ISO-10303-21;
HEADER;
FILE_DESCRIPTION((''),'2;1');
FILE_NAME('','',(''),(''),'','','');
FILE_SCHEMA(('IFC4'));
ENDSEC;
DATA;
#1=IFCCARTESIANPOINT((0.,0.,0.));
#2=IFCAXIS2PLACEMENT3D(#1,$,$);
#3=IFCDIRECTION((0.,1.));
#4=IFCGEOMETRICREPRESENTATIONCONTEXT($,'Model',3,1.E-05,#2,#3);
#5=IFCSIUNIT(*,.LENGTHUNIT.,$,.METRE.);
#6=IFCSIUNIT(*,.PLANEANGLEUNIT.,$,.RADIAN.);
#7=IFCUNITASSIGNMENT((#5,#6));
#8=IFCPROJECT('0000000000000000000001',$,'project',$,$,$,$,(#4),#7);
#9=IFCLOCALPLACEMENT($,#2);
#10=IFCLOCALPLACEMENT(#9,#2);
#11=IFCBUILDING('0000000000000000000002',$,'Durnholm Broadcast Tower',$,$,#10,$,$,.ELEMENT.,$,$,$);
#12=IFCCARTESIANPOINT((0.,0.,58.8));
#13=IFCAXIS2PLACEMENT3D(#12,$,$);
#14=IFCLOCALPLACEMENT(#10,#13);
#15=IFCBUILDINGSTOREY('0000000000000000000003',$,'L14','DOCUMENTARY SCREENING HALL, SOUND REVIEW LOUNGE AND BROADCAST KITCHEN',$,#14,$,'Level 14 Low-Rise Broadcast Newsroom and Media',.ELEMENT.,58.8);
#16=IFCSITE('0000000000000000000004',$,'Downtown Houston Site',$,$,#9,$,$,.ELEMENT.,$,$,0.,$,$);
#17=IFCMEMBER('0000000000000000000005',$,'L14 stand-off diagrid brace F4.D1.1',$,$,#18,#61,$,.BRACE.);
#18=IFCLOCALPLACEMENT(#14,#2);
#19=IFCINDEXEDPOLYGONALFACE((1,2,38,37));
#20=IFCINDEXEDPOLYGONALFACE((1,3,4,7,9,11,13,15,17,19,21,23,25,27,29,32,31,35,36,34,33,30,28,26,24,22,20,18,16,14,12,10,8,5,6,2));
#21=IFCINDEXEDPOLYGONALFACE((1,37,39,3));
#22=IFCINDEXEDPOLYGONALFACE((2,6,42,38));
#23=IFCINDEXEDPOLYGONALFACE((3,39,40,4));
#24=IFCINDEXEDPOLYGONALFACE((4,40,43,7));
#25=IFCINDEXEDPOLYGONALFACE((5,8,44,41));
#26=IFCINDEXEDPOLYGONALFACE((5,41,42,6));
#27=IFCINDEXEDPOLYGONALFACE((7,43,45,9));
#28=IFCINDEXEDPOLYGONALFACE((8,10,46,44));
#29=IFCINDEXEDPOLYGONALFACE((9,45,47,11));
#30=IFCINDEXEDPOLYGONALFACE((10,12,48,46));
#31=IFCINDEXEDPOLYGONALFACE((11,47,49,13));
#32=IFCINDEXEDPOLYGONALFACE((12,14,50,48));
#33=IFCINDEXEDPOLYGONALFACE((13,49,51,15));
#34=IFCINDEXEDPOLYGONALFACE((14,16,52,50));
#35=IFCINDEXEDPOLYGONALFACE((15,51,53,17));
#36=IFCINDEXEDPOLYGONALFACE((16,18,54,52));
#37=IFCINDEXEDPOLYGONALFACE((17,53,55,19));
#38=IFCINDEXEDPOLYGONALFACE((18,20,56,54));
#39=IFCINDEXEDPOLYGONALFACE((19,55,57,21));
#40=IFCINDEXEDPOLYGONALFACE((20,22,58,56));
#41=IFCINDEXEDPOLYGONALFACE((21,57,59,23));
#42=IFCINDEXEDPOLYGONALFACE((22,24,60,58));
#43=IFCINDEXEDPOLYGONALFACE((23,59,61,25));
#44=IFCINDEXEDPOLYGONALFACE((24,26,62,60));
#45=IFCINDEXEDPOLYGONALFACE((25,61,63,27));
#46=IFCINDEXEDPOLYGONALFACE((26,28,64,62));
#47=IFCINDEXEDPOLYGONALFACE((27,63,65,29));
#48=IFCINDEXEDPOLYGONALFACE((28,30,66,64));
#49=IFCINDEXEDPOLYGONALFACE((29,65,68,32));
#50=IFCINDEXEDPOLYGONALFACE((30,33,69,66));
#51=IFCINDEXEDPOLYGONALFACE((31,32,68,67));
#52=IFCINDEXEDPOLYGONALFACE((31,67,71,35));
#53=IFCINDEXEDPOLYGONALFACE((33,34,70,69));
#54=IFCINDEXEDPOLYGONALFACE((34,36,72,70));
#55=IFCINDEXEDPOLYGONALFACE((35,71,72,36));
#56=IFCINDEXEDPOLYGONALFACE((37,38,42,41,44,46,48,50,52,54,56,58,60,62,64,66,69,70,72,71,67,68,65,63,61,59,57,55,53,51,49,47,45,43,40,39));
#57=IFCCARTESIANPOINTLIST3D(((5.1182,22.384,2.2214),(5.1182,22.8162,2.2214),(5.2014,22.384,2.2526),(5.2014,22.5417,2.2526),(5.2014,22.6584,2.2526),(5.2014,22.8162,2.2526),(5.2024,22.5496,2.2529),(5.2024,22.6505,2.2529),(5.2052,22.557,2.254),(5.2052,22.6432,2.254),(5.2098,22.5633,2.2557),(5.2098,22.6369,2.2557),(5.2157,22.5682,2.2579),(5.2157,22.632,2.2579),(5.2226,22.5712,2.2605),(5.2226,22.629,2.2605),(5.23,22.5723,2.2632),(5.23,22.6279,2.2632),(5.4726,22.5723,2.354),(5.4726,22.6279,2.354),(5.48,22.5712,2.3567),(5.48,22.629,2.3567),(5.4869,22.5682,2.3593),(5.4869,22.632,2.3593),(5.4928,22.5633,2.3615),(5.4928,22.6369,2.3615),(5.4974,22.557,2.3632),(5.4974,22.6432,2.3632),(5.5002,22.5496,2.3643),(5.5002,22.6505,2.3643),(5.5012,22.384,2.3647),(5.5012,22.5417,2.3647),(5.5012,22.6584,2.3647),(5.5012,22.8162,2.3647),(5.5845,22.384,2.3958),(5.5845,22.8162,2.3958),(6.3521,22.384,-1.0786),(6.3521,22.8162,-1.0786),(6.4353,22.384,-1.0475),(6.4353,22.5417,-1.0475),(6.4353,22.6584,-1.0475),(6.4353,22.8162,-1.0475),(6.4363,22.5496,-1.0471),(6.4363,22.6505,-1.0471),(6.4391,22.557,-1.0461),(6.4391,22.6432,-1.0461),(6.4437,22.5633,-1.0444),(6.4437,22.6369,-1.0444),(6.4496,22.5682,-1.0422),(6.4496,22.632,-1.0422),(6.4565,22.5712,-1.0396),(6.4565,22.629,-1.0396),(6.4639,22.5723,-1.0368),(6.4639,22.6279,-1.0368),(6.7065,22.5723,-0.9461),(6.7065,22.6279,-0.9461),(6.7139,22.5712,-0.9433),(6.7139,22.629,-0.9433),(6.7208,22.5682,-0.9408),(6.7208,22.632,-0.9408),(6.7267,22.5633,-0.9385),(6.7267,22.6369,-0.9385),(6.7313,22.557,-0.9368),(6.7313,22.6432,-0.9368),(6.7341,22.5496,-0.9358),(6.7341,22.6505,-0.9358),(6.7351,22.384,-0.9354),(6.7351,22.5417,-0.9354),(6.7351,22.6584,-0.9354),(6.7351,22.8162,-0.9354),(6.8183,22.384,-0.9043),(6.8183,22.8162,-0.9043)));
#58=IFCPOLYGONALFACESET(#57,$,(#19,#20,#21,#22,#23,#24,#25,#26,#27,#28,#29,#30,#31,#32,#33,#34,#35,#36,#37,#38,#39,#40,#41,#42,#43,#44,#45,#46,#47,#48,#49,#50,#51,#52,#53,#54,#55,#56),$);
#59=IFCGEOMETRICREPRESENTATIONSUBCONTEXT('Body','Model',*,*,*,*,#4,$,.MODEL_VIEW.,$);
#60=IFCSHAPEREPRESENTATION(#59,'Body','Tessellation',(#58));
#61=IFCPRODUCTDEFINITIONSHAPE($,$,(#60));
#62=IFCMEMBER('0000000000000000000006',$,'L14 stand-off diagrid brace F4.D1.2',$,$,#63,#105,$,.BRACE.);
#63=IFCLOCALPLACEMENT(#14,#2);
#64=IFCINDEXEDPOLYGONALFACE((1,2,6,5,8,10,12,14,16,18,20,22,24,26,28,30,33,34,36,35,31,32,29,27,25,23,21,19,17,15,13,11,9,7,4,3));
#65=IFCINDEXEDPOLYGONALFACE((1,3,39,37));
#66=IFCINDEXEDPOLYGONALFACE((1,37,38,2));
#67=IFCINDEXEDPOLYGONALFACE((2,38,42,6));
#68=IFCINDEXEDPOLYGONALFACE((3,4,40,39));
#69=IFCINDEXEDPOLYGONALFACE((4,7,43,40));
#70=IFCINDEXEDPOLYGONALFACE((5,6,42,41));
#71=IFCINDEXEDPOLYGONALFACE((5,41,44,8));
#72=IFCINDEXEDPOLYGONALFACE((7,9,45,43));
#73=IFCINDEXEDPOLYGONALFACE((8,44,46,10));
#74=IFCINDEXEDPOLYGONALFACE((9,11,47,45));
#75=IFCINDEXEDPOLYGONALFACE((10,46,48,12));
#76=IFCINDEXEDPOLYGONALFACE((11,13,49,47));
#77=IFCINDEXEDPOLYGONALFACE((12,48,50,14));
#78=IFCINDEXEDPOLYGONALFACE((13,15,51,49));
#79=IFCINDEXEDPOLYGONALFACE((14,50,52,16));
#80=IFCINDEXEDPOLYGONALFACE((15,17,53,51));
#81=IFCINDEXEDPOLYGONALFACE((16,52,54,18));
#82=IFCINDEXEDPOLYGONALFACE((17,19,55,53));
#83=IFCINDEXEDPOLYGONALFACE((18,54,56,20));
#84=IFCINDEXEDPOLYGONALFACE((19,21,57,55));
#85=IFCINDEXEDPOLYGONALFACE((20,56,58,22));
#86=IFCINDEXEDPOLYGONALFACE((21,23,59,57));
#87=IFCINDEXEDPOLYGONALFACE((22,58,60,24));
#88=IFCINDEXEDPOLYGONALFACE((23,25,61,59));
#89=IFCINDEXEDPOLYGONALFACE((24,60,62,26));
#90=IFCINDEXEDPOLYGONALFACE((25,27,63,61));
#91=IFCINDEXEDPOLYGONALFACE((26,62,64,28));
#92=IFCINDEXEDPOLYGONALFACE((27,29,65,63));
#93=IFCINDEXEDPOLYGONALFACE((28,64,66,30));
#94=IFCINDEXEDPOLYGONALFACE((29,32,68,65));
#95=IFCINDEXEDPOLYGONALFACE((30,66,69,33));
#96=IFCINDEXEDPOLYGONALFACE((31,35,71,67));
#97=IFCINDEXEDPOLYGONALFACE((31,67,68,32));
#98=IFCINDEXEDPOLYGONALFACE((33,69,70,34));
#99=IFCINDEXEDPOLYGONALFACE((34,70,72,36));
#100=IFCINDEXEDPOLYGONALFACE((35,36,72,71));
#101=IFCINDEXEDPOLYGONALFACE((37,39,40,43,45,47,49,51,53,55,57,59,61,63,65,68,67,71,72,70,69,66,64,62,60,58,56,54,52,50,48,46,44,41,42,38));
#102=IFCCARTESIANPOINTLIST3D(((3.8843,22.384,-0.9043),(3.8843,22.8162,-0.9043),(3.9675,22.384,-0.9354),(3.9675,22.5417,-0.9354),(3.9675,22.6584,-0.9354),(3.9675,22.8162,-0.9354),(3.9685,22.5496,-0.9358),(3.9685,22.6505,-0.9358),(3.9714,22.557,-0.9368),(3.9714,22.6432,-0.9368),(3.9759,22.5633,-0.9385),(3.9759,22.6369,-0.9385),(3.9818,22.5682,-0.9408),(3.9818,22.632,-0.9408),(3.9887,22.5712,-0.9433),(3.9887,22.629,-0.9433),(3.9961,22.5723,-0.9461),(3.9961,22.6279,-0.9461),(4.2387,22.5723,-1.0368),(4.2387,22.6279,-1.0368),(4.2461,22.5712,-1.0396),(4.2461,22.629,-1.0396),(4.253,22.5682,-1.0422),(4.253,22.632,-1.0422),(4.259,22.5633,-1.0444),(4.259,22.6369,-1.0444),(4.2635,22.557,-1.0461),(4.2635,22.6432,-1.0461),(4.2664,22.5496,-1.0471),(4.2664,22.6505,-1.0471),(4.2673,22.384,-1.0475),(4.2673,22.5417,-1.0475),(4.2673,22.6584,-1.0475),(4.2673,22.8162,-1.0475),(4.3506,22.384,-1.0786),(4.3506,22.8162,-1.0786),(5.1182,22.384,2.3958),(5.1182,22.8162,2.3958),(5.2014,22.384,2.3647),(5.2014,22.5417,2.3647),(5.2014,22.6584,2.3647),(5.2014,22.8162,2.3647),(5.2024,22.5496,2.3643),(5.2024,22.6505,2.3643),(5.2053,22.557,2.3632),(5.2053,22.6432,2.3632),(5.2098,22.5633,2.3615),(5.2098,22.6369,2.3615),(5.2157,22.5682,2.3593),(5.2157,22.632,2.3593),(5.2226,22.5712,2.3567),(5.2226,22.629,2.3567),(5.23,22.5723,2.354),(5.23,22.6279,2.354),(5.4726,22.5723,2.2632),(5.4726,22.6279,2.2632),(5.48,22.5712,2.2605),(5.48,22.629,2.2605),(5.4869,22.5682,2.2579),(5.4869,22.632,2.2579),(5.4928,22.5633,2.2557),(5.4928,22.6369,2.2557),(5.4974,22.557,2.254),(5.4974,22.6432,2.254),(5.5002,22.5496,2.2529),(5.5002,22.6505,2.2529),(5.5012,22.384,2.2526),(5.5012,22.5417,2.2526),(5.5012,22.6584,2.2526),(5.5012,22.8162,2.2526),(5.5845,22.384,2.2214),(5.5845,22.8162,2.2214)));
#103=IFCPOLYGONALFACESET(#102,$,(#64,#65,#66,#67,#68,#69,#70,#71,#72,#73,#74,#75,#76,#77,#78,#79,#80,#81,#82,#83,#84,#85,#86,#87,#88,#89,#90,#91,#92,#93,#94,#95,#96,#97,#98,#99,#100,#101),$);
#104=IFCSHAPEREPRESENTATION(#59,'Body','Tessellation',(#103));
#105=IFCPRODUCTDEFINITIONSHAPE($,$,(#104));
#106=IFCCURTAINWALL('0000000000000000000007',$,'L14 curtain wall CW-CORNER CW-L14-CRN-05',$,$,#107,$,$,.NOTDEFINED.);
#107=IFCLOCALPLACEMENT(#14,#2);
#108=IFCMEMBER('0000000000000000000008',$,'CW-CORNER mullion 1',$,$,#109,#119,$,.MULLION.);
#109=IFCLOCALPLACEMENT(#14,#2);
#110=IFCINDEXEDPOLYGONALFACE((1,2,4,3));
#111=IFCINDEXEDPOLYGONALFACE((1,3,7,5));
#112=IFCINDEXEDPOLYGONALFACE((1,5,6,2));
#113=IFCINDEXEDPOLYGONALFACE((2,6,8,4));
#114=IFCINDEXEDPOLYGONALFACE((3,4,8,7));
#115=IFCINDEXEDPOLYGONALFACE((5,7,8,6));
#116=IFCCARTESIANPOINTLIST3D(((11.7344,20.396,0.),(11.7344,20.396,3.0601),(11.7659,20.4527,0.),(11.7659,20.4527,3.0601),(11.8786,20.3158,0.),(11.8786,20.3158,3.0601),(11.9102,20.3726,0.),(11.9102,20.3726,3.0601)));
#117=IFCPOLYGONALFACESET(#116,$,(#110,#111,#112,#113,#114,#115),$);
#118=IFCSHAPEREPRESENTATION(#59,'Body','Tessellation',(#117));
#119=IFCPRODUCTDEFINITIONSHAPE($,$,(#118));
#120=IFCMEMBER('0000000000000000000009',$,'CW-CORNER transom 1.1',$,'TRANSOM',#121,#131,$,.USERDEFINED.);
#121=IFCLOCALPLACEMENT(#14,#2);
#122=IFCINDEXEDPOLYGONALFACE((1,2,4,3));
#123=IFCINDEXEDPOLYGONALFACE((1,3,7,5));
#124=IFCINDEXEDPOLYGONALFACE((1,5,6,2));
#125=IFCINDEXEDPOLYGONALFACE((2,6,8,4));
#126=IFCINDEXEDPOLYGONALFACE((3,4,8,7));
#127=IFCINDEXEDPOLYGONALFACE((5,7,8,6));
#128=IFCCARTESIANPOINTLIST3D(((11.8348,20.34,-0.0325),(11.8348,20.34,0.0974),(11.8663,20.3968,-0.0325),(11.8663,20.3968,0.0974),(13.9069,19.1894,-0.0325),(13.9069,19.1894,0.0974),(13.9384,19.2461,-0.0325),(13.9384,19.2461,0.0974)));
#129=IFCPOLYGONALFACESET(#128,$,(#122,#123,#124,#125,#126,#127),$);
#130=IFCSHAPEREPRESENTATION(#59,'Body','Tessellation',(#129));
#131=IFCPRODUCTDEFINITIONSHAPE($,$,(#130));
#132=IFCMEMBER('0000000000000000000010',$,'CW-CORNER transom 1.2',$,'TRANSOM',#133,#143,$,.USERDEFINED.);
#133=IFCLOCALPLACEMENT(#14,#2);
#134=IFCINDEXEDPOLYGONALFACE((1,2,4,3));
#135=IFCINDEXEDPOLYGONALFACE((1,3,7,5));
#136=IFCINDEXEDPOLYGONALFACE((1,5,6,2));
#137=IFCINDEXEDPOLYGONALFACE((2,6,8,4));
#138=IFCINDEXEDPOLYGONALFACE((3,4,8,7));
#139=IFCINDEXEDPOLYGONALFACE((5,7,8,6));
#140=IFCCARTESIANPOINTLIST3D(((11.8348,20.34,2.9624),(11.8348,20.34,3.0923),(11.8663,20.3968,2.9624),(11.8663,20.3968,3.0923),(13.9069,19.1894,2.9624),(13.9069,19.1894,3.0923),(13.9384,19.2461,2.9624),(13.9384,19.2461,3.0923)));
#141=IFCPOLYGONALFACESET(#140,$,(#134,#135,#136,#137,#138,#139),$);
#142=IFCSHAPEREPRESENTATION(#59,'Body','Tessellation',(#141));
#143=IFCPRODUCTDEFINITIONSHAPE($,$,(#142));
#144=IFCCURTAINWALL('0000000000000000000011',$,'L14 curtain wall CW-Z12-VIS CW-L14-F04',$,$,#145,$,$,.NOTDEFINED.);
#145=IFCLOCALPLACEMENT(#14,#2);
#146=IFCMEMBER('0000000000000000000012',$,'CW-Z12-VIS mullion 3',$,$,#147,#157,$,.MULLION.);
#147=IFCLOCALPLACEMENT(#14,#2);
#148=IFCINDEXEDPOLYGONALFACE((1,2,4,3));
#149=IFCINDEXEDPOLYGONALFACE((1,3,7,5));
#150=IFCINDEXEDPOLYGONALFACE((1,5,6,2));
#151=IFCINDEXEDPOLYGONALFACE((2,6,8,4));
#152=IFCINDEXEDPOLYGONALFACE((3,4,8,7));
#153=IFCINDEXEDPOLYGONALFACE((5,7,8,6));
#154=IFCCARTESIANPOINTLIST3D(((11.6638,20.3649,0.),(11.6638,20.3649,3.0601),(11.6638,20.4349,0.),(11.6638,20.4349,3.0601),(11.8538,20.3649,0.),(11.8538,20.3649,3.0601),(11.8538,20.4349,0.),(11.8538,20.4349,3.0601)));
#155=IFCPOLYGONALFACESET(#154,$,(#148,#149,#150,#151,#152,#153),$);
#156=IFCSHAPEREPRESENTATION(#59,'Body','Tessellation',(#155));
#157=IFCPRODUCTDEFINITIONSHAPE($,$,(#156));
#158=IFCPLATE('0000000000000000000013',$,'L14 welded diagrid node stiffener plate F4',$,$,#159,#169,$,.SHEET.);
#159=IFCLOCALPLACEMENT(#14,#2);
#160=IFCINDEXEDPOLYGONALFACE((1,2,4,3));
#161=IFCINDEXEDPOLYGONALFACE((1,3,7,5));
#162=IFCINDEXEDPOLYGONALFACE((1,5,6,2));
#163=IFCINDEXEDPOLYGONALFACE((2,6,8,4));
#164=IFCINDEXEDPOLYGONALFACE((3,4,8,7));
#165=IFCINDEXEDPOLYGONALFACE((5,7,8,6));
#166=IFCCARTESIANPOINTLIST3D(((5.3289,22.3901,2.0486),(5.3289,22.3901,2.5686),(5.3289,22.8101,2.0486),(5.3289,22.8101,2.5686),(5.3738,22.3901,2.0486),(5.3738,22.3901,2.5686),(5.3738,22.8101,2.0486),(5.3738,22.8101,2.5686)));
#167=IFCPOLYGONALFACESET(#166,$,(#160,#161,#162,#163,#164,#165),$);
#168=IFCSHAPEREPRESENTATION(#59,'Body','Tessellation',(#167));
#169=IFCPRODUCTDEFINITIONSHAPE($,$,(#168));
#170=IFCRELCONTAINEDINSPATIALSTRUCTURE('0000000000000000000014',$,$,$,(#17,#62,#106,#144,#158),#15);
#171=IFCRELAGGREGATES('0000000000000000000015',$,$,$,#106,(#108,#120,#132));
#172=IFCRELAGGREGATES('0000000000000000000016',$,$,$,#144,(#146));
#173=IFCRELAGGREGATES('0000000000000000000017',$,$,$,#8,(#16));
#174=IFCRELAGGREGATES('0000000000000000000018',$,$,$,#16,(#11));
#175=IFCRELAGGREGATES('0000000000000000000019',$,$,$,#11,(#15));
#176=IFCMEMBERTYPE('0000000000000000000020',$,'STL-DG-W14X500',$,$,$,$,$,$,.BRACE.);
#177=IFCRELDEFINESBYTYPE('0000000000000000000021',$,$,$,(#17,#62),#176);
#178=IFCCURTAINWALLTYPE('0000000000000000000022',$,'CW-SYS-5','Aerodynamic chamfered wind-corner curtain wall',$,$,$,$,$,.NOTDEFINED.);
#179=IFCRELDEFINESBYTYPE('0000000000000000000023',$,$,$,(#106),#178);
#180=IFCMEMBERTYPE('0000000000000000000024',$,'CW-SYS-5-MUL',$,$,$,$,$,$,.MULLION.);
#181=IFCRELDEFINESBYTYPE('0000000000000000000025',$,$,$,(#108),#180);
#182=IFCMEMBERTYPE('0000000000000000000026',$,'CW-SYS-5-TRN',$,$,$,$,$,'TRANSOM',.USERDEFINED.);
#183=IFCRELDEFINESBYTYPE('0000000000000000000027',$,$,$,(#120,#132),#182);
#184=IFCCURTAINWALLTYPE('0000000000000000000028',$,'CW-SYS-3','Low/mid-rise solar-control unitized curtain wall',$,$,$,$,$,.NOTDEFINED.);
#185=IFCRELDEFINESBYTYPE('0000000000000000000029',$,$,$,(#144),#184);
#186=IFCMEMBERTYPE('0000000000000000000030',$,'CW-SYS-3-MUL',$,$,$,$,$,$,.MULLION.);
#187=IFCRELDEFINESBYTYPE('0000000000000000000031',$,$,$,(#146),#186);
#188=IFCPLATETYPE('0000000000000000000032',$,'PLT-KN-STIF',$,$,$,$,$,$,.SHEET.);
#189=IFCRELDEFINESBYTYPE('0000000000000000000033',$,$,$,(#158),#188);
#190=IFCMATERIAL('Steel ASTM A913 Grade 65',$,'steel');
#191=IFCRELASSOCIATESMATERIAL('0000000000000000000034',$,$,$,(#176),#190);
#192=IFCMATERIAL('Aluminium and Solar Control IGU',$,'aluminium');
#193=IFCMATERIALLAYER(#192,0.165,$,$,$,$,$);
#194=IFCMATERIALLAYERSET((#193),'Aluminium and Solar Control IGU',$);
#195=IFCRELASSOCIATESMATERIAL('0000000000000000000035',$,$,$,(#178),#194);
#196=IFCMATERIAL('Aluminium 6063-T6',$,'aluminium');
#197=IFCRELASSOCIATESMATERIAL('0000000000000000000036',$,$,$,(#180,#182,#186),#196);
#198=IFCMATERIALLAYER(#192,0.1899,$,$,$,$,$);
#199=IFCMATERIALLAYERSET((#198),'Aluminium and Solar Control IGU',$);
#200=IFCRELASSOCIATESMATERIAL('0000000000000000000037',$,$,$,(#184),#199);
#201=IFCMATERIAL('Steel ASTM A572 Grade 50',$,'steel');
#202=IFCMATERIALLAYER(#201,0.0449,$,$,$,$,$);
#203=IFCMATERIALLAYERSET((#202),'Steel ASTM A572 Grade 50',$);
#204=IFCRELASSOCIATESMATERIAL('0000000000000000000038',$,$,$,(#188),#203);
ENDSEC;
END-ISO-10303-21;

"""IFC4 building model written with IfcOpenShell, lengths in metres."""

from ifc_helpers import new_model, si_unit, direction, frame, origin, origin_2d, place, context, subcontext, project, spatial, rectangle, i_section, extrude, source, transform, mapped, material, layer, layer_set, material_profile, profile_set, type_object, type_shapes, element, aggregate, save


model = new_model("IFC4")

# Units and contexts
model_context = context("Model", 3, precision=1e-05, world=origin(), true_north=direction((0.0, 1.0)))
body_context = subcontext(model_context, "Body", "Model", "MODEL_VIEW")
ifc_project = project(units=[si_unit("LENGTHUNIT", "METRE"), si_unit("PLANEANGLEUNIT", "RADIAN")], contexts=[model_context])

# Site, building, storey
site_placement = place(None, origin())
site = spatial("IfcSite", under=ifc_project, at=site_placement, Name="Downtown Houston Site", CompositionType="ELEMENT", RefElevation=0.0)
building_placement = place(site_placement, origin())
building = spatial("IfcBuilding", under=site, at=building_placement, Name="Durnholm Broadcast Tower", CompositionType="ELEMENT")
storey_placement = place(building_placement, frame((0.0, 0.0, 58.8)))
storey = spatial("IfcBuildingStorey", under=building, at=storey_placement, Name="L14", Description="DOCUMENTARY SCREENING HALL, SOUND REVIEW LOUNGE AND BROADCAST KITCHEN", LongName="Level 14 Low-Rise Broadcast Newsroom and Media", CompositionType="ELEMENT", Elevation=58.8)

# Members
ifc_material_1 = material(Name="Steel ASTM A913 Grade 65", Category="steel")
ifc_material_profile_1 = material_profile(ifc_material_1, i_section(OverallWidth=0.4321, OverallDepth=0.4978, WebThickness=0.0557, FlangeThickness=0.0889, FilletRadius=0.0305, at=origin_2d()), Name="W14X500")
ifc_profile_set_1 = profile_set([ifc_material_profile_1], Name="Steel ASTM A913 Grade 65")
member_type_1 = type_object("IfcMemberType", Name="STL-DG-W14X500", PredefinedType="BRACE", material=ifc_profile_set_1)
shared_shape_1 = source(origin(), body_context, "Body", "SweptSolid", [
    extrude(i_section(OverallWidth=0.4321, OverallDepth=0.4978, WebThickness=0.0557, FlangeThickness=0.0889, FilletRadius=0.0305, at=origin_2d()), origin(), (0.0, 0.0, 1.0), 3.5232),
])
type_shapes(member_type_1, [shared_shape_1])
for number, where, z_axis, x_axis, name in (
    (1, (6.5852, 22.6001, -0.9915), (-0.35022, 0.0, 0.936668), (0.0, -1.0, 0.0), "L14 stand-off diagrid brace F4.D1.1"),
    (2, (4.1174, 22.6001, -0.9915), (0.35022, 0.0, 0.936668), (0.0, 1.0, 0.0), "L14 stand-off diagrid brace F4.D1.2"),
):
    element("IfcMember", number, at=place(storey_placement, frame(where, z_axis=z_axis, x_axis=x_axis)), inside=storey, type_object=member_type_1, Name=name, PredefinedType="BRACE", context=body_context, shape_type="MappedRepresentation", body=[
        mapped(shared_shape_1, transform((0.0, 0.0, 0.0), x_axis=(1.0, 0.0, 0.0), y_axis=(0.0, 1.0, 0.0), z_axis=(0.0, 0.0, 1.0), scale=1.0)),
    ])

# Curtain wall, members
ifc_material_2 = material(Name="Aluminium and Solar Control IGU", Category="aluminium")
ifc_layer_1 = layer(ifc_material_2, 0.165)
ifc_layer_set_1 = layer_set([ifc_layer_1], Name="Aluminium and Solar Control IGU")
curtain_wall_type_1 = type_object("IfcCurtainWallType", Name="CW-SYS-5", Description="Aerodynamic chamfered wind-corner curtain wall", PredefinedType="NOTDEFINED", material=ifc_layer_set_1)
curtain_wall_1_placement = place(storey_placement, origin())
curtain_wall_1 = element("IfcCurtainWall", 3, at=curtain_wall_1_placement, inside=storey, type_object=curtain_wall_type_1, Name="L14 curtain wall CW-CORNER CW-L14-CRN-05", PredefinedType="NOTDEFINED")
ifc_material_3 = material(Name="Aluminium 6063-T6", Category="aluminium")
ifc_material_profile_2 = material_profile(ifc_material_3, rectangle(XDim=0.0649, YDim=0.165, at=origin_2d()), Name="CWM65X165")
ifc_profile_set_2 = profile_set([ifc_material_profile_2], Name="Aluminium 6063-T6")
member_type_2 = type_object("IfcMemberType", Name="CW-SYS-5-MUL", PredefinedType="MULLION", material=ifc_profile_set_2)
shared_shape_2 = source(origin(), body_context, "Body", "SweptSolid", [
    extrude(rectangle(XDim=0.0649, YDim=0.165, at=origin_2d()), origin(), (0.0, 0.0, 1.0), 3.0601),
])
type_shapes(member_type_2, [shared_shape_2])
member_1_placement = place(storey_placement, frame((11.8223, 20.3843, 0.0), z_axis=(0.0, 0.0, 1.0), x_axis=(0.485483, 0.874246, 0.0)))
member_1 = element("IfcMember", 4, at=member_1_placement, type_object=member_type_2, Name="CW-CORNER mullion 1", PredefinedType="MULLION", context=body_context, shape_type="MappedRepresentation", body=[
    mapped(shared_shape_2, transform((0.0, 0.0, 0.0), x_axis=(1.0, 0.0, 0.0), y_axis=(0.0, 1.0, 0.0), z_axis=(0.0, 0.0, 1.0), scale=1.0)),
])
ifc_material_profile_3 = material_profile(ifc_material_3, rectangle(XDim=0.0649, YDim=0.1299, at=origin_2d()), Name="CWT65X130")
ifc_profile_set_3 = profile_set([ifc_material_profile_3], Name="Aluminium 6063-T6")
member_type_3 = type_object("IfcMemberType", Name="CW-SYS-5-TRN", ElementType="TRANSOM", PredefinedType="USERDEFINED", material=ifc_profile_set_3)
shared_shape_3 = source(origin(), body_context, "Body", "SweptSolid", [
    extrude(rectangle(XDim=0.0649, YDim=0.1299, at=origin_2d()), origin(), (0.0, 0.0, 1.0), 2.3701),
])
type_shapes(member_type_3, [shared_shape_3])
member_2_placement = place(storey_placement, frame((11.8506, 20.3684, 0.0325), z_axis=(0.874245, -0.485485, 0.0), x_axis=(0.485485, 0.874245, 0.0)))
member_2 = element("IfcMember", 5, at=member_2_placement, type_object=member_type_3, Name="CW-CORNER transom 1.1", ObjectType="TRANSOM", PredefinedType="USERDEFINED", context=body_context, shape_type="MappedRepresentation", body=[
    mapped(shared_shape_3, transform((0.0, 0.0, 0.0), x_axis=(1.0, 0.0, 0.0), y_axis=(0.0, 1.0, 0.0), z_axis=(0.0, 0.0, 1.0), scale=1.0)),
])
member_3_placement = place(storey_placement, frame((11.8506, 20.3684, 3.0273), z_axis=(0.874245, -0.485485, 0.0), x_axis=(0.485485, 0.874245, 0.0)))
member_3 = element("IfcMember", 6, at=member_3_placement, type_object=member_type_3, Name="CW-CORNER transom 1.2", ObjectType="TRANSOM", PredefinedType="USERDEFINED", context=body_context, shape_type="MappedRepresentation", body=[
    mapped(shared_shape_3, transform((0.0, 0.0, 0.0), x_axis=(1.0, 0.0, 0.0), y_axis=(0.0, 1.0, 0.0), z_axis=(0.0, 0.0, 1.0), scale=1.0)),
])
aggregate(curtain_wall_1, [member_1, member_2, member_3])

# Curtain wall, member
ifc_layer_2 = layer(ifc_material_2, 0.1899)
ifc_layer_set_2 = layer_set([ifc_layer_2], Name="Aluminium and Solar Control IGU")
curtain_wall_type_2 = type_object("IfcCurtainWallType", Name="CW-SYS-3", Description="Low/mid-rise solar-control unitized curtain wall", PredefinedType="NOTDEFINED", material=ifc_layer_set_2)
curtain_wall_2_placement = place(storey_placement, origin())
curtain_wall_2 = element("IfcCurtainWall", 7, at=curtain_wall_2_placement, inside=storey, type_object=curtain_wall_type_2, Name="L14 curtain wall CW-Z12-VIS CW-L14-F04", PredefinedType="NOTDEFINED")
ifc_material_profile_4 = material_profile(ifc_material_3, rectangle(XDim=0.0701, YDim=0.1899, at=origin_2d()), Name="CWM70X190")
ifc_profile_set_4 = profile_set([ifc_material_profile_4], Name="Aluminium 6063-T6")
member_type_4 = type_object("IfcMemberType", Name="CW-SYS-3-MUL", PredefinedType="MULLION", material=ifc_profile_set_4)
shared_shape_4 = source(origin(), body_context, "Body", "SweptSolid", [
    extrude(rectangle(XDim=0.0701, YDim=0.1899, at=origin_2d()), origin(), (0.0, 0.0, 1.0), 3.0601),
])
type_shapes(member_type_4, [shared_shape_4])
member_4_placement = place(storey_placement, frame((11.7588, 20.3999, 0.0), z_axis=(0.0, 0.0, 1.0), x_axis=(0.0, 1.0, 0.0)))
member_4 = element("IfcMember", 8, at=member_4_placement, type_object=member_type_4, Name="CW-Z12-VIS mullion 3", PredefinedType="MULLION", context=body_context, shape_type="MappedRepresentation", body=[
    mapped(shared_shape_4, transform((0.0, 0.0, 0.0), x_axis=(1.0, 0.0, 0.0), y_axis=(0.0, 1.0, 0.0), z_axis=(0.0, 0.0, 1.0), scale=1.0)),
])

# Plate
ifc_material_4 = material(Name="Steel ASTM A572 Grade 50", Category="steel")
ifc_layer_3 = layer(ifc_material_4, 0.0449)
ifc_layer_set_3 = layer_set([ifc_layer_3], Name="Steel ASTM A572 Grade 50")
plate_type_1 = type_object("IfcPlateType", Name="PLT-KN-STIF", PredefinedType="SHEET", material=ifc_layer_set_3)
shared_shape_5 = source(origin(), body_context, "Body", "SweptSolid", [
    extrude(rectangle(XDim=0.0449, YDim=0.4199, at=origin_2d()), origin(), (0.0, 0.0, 1.0), 0.52),
])
type_shapes(plate_type_1, [shared_shape_5])
plate_1_placement = place(storey_placement, frame((5.3513, 22.6001, 2.0486), z_axis=(0.0, 0.0, 1.0), x_axis=(-1.0, 0.0, 0.0)))
element("IfcPlate", 9, at=plate_1_placement, inside=storey, type_object=plate_type_1, Name="L14 welded diagrid node stiffener plate F4", PredefinedType="SHEET", context=body_context, shape_type="MappedRepresentation", body=[
    mapped(shared_shape_5, transform((0.0, 0.0, 0.0), x_axis=(1.0, 0.0, 0.0), y_axis=(0.0, 1.0, 0.0), z_axis=(0.0, 0.0, 1.0), scale=1.0)),
])

aggregate(curtain_wall_2, [member_4])

save(model, "model.ifc")
